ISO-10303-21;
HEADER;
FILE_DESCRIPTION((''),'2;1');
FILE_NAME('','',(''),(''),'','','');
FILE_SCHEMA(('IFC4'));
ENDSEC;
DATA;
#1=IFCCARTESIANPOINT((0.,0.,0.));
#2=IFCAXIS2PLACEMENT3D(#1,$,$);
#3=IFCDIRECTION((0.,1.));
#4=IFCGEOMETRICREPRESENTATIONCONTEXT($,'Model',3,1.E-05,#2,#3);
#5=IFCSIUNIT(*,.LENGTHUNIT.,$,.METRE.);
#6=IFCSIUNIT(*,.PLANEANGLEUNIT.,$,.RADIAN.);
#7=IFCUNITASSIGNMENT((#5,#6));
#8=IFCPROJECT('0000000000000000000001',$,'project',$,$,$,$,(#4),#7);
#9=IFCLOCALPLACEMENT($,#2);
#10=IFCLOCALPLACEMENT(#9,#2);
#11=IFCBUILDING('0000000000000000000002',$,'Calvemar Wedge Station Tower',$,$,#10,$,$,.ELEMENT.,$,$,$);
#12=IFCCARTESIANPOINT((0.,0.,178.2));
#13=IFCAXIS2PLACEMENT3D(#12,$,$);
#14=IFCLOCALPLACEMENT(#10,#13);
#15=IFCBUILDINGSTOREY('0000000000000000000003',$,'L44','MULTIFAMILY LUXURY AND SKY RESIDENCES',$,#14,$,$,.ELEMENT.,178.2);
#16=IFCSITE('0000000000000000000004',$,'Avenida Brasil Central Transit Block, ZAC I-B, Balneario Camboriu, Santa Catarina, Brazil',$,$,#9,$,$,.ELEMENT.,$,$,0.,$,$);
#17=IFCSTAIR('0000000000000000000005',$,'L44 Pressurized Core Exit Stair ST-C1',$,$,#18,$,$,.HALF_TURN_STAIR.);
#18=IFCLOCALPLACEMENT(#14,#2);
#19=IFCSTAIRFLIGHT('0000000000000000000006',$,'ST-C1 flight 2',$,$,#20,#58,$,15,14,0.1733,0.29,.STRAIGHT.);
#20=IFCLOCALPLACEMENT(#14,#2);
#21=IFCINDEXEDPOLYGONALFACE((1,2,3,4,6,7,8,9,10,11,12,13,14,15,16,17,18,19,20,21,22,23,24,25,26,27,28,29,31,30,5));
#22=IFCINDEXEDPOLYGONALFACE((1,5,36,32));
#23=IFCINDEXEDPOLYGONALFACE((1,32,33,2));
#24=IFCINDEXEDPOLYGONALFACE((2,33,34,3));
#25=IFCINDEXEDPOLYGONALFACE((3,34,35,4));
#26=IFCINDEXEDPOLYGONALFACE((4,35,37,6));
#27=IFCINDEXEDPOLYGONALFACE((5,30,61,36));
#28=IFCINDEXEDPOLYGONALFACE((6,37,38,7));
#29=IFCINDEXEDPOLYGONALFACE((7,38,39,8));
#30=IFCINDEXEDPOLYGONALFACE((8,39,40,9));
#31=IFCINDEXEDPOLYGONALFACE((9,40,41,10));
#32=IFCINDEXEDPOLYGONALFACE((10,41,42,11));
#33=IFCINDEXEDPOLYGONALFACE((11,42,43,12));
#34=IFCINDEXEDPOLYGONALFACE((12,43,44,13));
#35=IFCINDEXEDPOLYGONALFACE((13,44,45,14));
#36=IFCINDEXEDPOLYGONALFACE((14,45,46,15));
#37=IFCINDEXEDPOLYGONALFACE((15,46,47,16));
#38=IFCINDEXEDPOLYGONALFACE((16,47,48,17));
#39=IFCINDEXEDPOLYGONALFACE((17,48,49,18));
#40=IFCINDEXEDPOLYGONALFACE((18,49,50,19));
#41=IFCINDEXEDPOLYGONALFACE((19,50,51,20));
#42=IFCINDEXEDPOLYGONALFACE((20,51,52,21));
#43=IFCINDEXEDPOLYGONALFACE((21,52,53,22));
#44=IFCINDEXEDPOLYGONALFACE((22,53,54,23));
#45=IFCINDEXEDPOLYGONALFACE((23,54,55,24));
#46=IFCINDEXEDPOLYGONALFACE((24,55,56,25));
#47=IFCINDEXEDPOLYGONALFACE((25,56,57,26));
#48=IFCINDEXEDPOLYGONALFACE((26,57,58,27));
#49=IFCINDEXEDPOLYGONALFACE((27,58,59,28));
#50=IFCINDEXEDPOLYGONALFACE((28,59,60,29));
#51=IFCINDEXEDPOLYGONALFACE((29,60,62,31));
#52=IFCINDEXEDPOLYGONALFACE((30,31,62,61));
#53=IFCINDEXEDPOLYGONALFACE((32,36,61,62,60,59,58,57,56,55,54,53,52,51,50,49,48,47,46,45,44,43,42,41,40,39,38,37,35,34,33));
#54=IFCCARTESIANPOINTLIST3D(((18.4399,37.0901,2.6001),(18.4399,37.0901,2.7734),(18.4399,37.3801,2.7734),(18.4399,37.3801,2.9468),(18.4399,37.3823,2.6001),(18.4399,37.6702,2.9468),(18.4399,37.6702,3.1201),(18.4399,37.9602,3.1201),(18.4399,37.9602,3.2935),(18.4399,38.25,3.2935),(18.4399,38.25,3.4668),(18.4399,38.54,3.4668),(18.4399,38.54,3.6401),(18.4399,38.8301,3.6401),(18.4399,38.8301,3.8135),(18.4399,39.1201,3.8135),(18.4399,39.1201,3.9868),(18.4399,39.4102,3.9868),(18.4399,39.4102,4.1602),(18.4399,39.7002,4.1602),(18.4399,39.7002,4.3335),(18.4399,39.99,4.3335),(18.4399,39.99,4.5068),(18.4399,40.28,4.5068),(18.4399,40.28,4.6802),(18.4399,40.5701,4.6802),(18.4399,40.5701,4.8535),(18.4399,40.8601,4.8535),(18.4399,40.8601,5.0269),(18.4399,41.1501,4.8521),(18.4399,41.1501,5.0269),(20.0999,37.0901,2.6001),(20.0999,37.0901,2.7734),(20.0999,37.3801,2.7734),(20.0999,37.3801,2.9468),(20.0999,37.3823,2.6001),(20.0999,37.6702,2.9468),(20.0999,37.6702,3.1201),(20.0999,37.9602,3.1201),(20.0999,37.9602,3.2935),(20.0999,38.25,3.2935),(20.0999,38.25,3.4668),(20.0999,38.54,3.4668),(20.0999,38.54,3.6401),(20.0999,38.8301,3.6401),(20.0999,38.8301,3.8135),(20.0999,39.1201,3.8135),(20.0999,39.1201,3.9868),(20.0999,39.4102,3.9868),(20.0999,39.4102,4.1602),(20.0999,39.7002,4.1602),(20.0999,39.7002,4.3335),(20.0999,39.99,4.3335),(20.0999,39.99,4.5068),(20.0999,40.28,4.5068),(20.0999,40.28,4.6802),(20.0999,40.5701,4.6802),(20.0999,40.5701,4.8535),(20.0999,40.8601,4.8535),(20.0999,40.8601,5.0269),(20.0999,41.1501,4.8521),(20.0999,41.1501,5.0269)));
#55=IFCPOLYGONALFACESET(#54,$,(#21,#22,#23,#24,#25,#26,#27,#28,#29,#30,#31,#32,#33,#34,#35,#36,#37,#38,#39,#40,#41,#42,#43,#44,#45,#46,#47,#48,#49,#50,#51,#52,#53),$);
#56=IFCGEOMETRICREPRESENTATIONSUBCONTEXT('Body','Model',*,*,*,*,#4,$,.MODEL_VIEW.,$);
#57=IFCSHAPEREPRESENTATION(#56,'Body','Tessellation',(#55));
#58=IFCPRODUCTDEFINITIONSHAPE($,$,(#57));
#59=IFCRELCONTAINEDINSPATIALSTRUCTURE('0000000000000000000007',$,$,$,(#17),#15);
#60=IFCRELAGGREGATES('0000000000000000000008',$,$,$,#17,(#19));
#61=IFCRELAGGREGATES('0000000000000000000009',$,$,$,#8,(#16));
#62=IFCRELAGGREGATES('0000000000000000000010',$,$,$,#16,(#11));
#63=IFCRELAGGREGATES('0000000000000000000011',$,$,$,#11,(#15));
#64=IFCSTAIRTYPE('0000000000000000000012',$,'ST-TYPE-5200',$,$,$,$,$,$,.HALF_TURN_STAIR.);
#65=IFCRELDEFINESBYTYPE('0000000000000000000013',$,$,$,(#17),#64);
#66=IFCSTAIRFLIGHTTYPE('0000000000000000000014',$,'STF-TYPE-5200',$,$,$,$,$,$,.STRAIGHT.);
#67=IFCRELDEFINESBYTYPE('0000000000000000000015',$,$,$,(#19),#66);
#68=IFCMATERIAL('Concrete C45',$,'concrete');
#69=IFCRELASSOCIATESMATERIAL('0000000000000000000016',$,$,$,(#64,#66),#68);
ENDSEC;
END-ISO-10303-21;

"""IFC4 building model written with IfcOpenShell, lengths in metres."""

from ifc_helpers import new_model, si_unit, direction, frame, origin, place, context, subcontext, project, spatial, polyline, outline, extrude, material, type_object, element, aggregate, save


model = new_model("IFC4")

# Units and contexts
model_context = context("Model", 3, precision=1e-05, world=origin(), true_north=direction((0.0, 1.0)))
body_context = subcontext(model_context, "Body", "Model", "MODEL_VIEW")
ifc_project = project(units=[si_unit("LENGTHUNIT", "METRE"), si_unit("PLANEANGLEUNIT", "RADIAN")], contexts=[model_context])

# Site, building, storey
site_placement = place(None, origin())
site = spatial("IfcSite", under=ifc_project, at=site_placement, Name="Avenida Brasil Central Transit Block, ZAC I-B, Balneario Camboriu, Santa Catarina, Brazil", CompositionType="ELEMENT", RefElevation=0.0)
building_placement = place(site_placement, origin())
building = spatial("IfcBuilding", under=site, at=building_placement, Name="Calvemar Wedge Station Tower", CompositionType="ELEMENT")
storey_placement = place(building_placement, frame((0.0, 0.0, 178.2)))
storey = spatial("IfcBuildingStorey", under=building, at=storey_placement, Name="L44", Description="MULTIFAMILY LUXURY AND SKY RESIDENCES", CompositionType="ELEMENT", Elevation=178.2)

# Stair, stair flight
ifc_material_1 = material(Name="Concrete C45", Category="concrete")
stair_type = type_object("IfcStairType", Name="ST-TYPE-5200", PredefinedType="HALF_TURN_STAIR", material=ifc_material_1)
stair_placement = place(storey_placement, origin())
stair = element("IfcStair", 1, at=stair_placement, inside=storey, type_object=stair_type, Name="L44 Pressurized Core Exit Stair ST-C1", PredefinedType="HALF_TURN_STAIR")
stair_flight_type = type_object("IfcStairFlightType", Name="STF-TYPE-5200", PredefinedType="STRAIGHT", material=ifc_material_1)
stair_flight_1_placement = place(storey_placement, frame((19.27, 37.0901, 2.6001), z_axis=(0.0, 0.0, 1.0), x_axis=(0.0, 1.0, 0.0)))
stair_flight_1 = element("IfcStairFlight", 2, at=stair_flight_1_placement, type_object=stair_flight_type, Name="ST-C1 flight 2", NumberOfRisers=15, NumberOfTreads=14, PredefinedType="STRAIGHT", RiserHeight=0.1733, TreadLength=0.29, context=body_context, shape_type="SweptSolid", body=[
    extrude(outline(polyline([(0.0, 0.0), (0.0, 0.1733), (0.29, 0.1733), (0.29, 0.3467), (0.5801, 0.3467), (0.5801, 0.52), (0.8701, 0.52), (0.8701, 0.6934), (1.1599, 0.6934), (1.1599, 0.8667), (1.45, 0.8667), (1.45, 1.04), (1.74, 1.04), (1.74, 1.2134), (2.03, 1.2134), (2.03, 1.3867), (2.3201, 1.3867), (2.3201, 1.5601), (2.6101, 1.5601), (2.6101, 1.7334), (2.8999, 1.7334), (2.8999, 1.9067), (3.1899, 1.9067), (3.1899, 2.0801), (3.48, 2.0801), (3.48, 2.2534), (3.77, 2.2534), (3.77, 2.4268), (4.0601, 2.4268), (4.0601, 2.6001), (4.0601, 2.252), (0.2922, 0.0), (0.0, 0.0)])), frame((0.0, 0.8301, 0.0), z_axis=(0.0, -1.0, 0.0), x_axis=(1.0, 0.0, 0.0)), (0.0, 0.0, 1.0), 1.6599),
])
aggregate(stair, [stair_flight_1])

save(model, "model.ifc")
